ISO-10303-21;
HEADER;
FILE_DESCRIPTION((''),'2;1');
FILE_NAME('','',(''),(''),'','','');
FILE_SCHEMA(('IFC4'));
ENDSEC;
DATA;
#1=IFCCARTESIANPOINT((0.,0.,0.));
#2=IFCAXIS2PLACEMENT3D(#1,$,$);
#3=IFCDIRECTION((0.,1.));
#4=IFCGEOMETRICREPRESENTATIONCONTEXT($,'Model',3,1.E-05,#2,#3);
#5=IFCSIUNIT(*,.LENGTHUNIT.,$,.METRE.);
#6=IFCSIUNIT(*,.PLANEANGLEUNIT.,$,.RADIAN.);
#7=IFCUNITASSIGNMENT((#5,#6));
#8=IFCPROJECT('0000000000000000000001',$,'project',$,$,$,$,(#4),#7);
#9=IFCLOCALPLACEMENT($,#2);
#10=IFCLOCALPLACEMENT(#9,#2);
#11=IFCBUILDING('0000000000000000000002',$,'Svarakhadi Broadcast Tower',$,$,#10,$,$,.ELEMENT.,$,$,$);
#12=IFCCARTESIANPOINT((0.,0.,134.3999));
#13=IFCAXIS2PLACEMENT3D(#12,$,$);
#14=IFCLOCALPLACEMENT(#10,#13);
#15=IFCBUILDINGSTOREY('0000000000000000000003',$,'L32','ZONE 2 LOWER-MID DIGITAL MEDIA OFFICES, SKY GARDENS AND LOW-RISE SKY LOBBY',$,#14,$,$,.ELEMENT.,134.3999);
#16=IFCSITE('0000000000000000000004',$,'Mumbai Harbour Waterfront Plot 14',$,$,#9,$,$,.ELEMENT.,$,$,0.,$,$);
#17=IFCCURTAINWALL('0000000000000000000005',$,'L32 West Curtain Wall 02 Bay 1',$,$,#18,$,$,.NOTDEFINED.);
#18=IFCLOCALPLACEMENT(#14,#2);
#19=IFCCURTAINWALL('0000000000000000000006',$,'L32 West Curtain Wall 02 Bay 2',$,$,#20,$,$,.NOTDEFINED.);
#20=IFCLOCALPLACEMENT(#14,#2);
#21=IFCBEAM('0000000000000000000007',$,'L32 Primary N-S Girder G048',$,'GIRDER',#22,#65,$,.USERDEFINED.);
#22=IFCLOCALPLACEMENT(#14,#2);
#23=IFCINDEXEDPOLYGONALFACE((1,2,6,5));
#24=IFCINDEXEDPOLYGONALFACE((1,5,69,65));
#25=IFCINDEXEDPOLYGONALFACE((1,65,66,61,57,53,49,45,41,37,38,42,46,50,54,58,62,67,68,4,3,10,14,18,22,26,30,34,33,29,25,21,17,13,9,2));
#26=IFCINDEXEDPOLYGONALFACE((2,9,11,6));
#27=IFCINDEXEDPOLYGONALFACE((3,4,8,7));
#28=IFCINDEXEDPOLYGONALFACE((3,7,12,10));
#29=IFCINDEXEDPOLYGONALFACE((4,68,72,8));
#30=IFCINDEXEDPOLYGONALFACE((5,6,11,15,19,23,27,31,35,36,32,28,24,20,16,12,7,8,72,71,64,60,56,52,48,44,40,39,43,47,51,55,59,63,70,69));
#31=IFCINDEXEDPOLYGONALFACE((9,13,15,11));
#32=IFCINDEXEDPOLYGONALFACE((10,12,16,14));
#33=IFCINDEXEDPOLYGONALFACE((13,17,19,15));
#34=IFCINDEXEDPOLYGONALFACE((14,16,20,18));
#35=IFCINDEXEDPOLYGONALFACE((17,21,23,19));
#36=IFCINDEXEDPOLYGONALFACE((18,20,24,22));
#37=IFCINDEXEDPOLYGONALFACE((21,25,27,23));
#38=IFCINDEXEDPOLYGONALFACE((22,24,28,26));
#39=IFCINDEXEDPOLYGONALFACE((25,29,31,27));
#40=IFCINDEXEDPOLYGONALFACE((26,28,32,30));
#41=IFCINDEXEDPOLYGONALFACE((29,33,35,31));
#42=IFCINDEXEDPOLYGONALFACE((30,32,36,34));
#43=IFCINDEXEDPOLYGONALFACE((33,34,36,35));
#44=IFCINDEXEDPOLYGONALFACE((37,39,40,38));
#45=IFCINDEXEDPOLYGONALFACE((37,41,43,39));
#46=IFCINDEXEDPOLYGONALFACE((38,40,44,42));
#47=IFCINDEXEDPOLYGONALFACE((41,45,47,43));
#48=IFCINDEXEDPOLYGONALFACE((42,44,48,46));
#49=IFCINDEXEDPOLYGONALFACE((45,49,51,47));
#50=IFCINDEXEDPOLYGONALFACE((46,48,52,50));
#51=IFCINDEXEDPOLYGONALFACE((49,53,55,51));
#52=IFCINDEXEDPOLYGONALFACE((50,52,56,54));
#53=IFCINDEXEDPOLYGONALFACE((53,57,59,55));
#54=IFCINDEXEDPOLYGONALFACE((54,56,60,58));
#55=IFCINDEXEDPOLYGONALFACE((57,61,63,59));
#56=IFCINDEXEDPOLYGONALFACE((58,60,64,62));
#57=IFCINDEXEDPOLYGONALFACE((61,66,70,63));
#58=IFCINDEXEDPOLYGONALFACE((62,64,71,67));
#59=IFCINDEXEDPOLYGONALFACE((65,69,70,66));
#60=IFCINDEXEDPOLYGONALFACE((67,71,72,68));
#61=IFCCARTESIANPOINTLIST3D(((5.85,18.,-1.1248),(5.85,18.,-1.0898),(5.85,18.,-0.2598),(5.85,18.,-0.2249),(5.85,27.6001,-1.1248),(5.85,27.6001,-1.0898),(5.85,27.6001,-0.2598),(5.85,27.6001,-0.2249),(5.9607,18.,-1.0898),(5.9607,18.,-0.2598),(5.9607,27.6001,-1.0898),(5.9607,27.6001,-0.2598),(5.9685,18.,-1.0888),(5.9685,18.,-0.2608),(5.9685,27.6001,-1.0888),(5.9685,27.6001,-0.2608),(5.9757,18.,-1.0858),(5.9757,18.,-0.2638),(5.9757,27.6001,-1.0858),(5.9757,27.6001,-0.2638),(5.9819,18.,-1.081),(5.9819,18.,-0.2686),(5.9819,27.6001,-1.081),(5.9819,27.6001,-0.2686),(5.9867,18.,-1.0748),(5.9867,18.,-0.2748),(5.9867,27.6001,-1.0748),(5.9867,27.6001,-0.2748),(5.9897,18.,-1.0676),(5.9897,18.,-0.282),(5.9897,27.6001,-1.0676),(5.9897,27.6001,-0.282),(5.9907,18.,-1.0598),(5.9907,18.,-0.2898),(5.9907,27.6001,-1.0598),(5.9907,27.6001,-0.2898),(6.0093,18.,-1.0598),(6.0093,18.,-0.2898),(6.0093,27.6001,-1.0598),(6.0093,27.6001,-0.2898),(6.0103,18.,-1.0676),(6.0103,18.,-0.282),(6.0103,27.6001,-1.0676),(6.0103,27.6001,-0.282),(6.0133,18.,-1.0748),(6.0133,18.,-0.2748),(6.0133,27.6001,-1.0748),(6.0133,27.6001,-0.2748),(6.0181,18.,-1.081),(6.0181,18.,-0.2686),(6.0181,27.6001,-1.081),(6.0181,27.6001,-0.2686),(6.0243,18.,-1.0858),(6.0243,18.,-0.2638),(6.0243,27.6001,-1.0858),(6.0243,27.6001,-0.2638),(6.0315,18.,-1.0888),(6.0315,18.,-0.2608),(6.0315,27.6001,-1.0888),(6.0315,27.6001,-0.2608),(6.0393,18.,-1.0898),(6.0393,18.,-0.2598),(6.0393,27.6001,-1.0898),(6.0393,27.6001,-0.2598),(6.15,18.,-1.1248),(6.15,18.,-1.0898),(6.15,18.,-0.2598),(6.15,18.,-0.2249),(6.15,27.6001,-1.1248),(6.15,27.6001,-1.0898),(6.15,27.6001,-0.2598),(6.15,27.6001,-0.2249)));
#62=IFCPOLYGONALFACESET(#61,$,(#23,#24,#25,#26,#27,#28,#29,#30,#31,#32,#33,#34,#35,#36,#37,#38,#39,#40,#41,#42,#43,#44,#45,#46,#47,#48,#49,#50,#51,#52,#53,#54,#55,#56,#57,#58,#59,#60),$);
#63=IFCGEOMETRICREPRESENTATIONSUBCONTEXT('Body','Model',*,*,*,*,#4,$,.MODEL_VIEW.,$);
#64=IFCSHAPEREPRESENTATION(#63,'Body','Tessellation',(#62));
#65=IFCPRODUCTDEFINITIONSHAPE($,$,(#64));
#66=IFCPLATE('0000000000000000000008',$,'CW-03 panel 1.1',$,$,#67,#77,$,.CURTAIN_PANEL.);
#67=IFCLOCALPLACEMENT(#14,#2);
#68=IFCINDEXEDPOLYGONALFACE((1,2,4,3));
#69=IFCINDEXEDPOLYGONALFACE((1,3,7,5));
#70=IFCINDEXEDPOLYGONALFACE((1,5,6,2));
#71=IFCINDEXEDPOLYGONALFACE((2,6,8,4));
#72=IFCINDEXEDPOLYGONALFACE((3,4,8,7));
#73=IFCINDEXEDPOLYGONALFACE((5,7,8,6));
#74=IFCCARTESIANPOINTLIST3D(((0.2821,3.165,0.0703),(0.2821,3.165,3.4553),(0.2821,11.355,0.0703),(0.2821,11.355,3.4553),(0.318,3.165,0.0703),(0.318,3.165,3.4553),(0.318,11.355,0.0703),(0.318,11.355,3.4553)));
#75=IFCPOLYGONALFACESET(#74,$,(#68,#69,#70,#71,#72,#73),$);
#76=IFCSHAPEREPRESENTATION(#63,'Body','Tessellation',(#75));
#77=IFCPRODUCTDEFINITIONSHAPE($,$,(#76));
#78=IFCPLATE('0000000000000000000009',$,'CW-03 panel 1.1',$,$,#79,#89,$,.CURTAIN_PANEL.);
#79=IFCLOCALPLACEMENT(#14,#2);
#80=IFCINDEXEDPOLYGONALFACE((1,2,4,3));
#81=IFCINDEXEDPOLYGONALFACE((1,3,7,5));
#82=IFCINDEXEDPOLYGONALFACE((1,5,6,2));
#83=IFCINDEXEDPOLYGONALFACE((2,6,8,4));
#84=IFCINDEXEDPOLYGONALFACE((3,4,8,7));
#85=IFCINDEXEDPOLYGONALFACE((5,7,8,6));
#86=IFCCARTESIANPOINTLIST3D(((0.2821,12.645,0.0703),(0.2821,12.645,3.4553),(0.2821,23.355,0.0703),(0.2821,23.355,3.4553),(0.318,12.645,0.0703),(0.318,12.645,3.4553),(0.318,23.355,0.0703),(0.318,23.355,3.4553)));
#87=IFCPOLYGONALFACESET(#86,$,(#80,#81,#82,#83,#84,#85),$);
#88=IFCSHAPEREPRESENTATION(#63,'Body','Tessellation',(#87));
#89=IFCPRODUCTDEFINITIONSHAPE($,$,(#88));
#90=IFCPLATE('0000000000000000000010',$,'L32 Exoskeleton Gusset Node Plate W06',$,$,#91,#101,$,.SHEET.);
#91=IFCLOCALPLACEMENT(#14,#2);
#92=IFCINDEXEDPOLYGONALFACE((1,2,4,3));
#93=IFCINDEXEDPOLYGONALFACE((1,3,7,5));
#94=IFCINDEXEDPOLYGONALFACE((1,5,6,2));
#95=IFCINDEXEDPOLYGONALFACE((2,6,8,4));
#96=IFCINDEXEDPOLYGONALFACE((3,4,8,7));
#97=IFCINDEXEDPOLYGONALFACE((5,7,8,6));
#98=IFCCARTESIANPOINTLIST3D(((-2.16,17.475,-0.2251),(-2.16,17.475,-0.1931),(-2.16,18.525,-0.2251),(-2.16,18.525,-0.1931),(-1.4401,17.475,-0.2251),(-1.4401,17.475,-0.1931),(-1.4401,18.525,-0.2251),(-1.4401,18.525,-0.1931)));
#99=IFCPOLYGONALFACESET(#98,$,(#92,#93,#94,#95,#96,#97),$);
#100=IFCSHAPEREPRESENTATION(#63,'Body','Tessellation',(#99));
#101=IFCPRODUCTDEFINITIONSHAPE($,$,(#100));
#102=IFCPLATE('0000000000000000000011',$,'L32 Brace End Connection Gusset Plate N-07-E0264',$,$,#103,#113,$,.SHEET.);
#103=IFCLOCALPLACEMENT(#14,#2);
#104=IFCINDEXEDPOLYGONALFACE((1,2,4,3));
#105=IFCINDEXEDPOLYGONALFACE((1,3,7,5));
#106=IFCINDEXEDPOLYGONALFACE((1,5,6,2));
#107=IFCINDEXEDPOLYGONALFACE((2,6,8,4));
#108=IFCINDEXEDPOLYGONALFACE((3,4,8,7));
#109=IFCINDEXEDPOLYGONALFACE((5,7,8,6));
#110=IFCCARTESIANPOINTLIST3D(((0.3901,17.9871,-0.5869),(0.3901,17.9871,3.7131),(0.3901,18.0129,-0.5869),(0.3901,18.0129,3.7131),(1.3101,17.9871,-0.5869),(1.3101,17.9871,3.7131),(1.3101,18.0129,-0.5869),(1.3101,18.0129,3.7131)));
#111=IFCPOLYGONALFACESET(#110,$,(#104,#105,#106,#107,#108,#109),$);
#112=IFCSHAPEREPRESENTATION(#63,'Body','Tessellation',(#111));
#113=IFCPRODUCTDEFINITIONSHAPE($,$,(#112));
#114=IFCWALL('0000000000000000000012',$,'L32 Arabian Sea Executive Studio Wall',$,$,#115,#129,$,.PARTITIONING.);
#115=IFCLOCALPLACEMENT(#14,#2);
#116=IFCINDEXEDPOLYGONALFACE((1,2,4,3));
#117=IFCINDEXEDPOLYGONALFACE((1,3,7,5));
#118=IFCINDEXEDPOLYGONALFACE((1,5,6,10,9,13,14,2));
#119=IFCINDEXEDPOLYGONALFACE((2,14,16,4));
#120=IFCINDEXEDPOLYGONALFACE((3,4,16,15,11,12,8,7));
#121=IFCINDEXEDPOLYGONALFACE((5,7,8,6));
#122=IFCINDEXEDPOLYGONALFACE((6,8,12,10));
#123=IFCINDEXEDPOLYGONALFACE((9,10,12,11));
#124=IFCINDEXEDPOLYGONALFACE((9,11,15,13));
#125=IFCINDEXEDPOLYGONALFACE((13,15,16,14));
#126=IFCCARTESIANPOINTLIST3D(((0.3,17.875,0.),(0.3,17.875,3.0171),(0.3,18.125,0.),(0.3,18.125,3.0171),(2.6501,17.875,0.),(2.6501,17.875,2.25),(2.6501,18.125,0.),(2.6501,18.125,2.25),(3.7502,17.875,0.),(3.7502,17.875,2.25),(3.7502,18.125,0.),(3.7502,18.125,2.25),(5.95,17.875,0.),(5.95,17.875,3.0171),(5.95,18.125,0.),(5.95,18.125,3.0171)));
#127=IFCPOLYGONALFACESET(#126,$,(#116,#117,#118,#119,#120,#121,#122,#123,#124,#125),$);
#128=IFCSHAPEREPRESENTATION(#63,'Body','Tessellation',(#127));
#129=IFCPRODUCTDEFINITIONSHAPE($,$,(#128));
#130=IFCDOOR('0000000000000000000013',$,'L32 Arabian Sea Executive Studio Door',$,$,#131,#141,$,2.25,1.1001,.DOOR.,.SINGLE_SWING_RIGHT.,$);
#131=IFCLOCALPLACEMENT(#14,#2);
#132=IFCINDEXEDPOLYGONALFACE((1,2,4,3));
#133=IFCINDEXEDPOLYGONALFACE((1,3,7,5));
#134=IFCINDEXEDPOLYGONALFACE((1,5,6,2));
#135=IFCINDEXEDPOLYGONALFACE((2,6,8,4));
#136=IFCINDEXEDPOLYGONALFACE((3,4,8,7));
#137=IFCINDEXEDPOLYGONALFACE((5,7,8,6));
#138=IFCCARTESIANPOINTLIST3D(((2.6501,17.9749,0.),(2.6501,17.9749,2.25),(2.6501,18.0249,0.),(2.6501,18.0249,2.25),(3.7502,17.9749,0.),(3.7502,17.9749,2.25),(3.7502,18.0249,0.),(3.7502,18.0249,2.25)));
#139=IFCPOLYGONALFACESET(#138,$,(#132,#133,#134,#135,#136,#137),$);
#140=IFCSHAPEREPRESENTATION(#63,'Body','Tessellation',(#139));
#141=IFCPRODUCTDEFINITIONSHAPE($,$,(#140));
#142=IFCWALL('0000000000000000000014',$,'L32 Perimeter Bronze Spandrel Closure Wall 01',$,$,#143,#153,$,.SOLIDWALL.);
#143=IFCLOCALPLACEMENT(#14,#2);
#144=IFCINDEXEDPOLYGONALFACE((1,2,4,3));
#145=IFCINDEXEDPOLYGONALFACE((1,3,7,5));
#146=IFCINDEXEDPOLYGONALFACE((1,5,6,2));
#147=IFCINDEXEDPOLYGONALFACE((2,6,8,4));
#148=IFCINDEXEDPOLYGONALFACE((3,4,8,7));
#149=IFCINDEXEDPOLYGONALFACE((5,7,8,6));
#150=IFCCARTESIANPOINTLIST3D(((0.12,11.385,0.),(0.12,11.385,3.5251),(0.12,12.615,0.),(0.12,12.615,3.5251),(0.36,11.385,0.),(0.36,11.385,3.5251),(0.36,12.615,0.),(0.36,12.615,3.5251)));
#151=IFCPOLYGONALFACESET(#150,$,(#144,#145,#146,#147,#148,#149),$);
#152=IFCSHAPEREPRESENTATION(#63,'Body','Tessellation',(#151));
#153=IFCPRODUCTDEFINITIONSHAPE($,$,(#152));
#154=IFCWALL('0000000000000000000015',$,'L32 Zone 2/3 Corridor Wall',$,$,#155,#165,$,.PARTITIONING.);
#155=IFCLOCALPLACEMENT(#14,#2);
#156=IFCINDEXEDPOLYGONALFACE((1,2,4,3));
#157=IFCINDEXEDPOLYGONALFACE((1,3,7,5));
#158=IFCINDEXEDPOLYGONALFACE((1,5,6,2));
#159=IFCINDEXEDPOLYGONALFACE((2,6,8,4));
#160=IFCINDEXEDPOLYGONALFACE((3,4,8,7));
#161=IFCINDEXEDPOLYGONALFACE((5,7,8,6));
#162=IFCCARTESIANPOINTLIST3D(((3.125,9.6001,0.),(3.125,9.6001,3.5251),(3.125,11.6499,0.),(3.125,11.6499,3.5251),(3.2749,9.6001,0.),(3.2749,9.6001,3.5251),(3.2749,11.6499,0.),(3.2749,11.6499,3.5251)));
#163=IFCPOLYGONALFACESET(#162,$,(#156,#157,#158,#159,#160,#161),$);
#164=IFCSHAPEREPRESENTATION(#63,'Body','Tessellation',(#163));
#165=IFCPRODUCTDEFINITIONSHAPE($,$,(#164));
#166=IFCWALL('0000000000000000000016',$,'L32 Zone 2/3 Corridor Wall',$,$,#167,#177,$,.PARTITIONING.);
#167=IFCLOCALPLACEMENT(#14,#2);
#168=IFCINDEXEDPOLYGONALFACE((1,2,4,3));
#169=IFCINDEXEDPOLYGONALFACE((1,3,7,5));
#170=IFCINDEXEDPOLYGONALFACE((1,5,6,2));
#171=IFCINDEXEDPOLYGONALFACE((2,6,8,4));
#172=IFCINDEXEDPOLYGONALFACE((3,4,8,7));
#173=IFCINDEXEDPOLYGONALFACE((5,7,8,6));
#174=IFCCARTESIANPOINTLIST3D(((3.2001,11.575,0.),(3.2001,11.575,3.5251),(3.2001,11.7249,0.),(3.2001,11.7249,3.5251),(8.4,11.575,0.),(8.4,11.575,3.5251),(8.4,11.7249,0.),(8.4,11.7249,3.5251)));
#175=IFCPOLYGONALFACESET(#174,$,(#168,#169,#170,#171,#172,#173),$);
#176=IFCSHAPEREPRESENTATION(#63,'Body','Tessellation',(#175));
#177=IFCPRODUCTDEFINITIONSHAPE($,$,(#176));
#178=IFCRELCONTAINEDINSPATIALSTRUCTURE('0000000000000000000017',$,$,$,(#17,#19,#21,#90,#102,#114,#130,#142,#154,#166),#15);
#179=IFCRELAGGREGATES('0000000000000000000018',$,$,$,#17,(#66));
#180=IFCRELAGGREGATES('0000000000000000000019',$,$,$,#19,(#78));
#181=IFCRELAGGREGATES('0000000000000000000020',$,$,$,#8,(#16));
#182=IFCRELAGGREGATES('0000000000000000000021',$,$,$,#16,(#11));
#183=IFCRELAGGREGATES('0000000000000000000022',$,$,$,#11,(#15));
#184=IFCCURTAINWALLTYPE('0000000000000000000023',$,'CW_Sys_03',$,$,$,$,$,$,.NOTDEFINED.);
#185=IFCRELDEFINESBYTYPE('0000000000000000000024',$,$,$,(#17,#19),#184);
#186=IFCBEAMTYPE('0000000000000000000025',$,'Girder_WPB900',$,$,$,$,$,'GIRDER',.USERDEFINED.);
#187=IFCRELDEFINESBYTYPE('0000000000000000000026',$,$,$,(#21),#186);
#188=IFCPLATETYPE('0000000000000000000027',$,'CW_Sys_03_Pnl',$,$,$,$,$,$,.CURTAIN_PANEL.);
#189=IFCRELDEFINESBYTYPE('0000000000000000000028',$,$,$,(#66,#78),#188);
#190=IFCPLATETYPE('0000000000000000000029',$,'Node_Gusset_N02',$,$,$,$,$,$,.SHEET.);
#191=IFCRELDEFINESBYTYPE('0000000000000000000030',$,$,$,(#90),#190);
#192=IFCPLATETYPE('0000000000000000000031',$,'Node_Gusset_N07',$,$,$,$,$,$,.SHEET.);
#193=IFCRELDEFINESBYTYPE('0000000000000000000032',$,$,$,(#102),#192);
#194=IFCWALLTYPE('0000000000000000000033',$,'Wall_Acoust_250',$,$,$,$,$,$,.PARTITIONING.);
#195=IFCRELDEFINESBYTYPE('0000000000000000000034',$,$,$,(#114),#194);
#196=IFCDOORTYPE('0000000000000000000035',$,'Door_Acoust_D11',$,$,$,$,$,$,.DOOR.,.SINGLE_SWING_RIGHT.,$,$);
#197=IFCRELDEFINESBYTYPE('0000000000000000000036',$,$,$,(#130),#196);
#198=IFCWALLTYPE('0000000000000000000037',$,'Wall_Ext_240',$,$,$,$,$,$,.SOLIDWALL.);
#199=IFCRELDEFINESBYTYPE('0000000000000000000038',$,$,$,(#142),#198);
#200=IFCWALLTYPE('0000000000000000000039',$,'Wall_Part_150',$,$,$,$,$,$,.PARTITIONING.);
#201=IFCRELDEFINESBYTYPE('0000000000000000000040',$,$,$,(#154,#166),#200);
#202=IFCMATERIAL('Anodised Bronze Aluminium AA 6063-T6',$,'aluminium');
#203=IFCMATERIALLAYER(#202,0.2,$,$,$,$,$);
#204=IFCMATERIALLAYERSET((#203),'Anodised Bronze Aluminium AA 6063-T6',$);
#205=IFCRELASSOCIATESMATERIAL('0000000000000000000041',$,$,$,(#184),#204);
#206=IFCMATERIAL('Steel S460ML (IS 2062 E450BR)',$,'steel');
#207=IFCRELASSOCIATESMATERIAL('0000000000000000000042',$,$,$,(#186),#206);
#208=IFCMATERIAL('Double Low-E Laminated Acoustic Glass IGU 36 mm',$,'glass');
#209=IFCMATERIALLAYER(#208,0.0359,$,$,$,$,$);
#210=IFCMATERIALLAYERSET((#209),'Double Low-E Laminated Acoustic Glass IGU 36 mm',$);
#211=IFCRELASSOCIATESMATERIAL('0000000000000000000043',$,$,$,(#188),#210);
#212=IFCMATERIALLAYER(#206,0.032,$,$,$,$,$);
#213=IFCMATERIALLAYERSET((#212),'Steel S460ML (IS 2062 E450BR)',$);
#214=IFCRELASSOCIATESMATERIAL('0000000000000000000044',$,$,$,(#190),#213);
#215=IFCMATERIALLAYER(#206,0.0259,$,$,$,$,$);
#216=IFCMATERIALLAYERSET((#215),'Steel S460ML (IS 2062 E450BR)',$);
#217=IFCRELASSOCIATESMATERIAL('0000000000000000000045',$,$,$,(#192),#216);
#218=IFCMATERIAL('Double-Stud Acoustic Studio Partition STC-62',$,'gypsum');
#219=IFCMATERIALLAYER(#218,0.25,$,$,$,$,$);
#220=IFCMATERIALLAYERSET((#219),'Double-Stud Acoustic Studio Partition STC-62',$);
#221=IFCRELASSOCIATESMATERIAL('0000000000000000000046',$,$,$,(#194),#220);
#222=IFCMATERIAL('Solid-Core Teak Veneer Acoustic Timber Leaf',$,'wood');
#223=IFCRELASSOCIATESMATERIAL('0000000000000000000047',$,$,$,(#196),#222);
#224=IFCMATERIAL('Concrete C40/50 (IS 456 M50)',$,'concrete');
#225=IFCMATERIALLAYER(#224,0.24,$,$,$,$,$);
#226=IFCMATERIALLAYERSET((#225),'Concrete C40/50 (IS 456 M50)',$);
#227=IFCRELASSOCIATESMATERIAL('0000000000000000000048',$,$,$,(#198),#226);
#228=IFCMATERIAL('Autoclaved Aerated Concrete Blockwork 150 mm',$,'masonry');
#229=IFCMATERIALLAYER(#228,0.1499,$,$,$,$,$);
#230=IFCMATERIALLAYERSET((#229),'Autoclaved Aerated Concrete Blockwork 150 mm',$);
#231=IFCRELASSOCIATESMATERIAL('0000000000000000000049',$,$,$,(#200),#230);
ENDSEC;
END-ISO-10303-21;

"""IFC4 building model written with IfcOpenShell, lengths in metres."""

from ifc_helpers import new_model, si_unit, direction, frame, frame_2d, origin, origin_2d, place, context, subcontext, project, spatial, rectangle, i_section, extrude, material, layer, layer_set, material_profile, profile_set, type_object, element, fill, aggregate, save


model = new_model("IFC4")

# Units and contexts
model_context = context("Model", 3, precision=1e-05, world=origin(), true_north=direction((0.0, 1.0)))
body_context = subcontext(model_context, "Body", "Model", "MODEL_VIEW")
ifc_project = project(units=[si_unit("LENGTHUNIT", "METRE"), si_unit("PLANEANGLEUNIT", "RADIAN")], contexts=[model_context])

# Site, building, storey
site_placement = place(None, origin())
site = spatial("IfcSite", under=ifc_project, at=site_placement, Name="Mumbai Harbour Waterfront Plot 14", CompositionType="ELEMENT", RefElevation=0.0)
building_placement = place(site_placement, origin())
building = spatial("IfcBuilding", under=site, at=building_placement, Name="Svarakhadi Broadcast Tower", CompositionType="ELEMENT")
storey_placement = place(building_placement, frame((0.0, 0.0, 134.3999)))
storey = spatial("IfcBuildingStorey", under=building, at=storey_placement, Name="L32", Description="ZONE 2 LOWER-MID DIGITAL MEDIA OFFICES, SKY GARDENS AND LOW-RISE SKY LOBBY", CompositionType="ELEMENT", Elevation=134.3999)

# Shared definitions
ifc_material_1 = material(Name="Steel S460ML (IS 2062 E450BR)", Category="steel")

# Curtain wall
ifc_material_2 = material(Name="Anodised Bronze Aluminium AA 6063-T6", Category="aluminium")
ifc_layer_1 = layer(ifc_material_2, 0.2)
ifc_layer_set_1 = layer_set([ifc_layer_1], Name="Anodised Bronze Aluminium AA 6063-T6")
curtain_wall_type = type_object("IfcCurtainWallType", Name="CW_Sys_03", PredefinedType="NOTDEFINED", material=ifc_layer_set_1)
curtain_wall_1_placement = place(storey_placement, origin())
curtain_wall_1 = element("IfcCurtainWall", 1, at=curtain_wall_1_placement, inside=storey, type_object=curtain_wall_type, Name="L32 West Curtain Wall 02 Bay 1", PredefinedType="NOTDEFINED")

# Curtain wall
curtain_wall_2_placement = place(storey_placement, origin())
curtain_wall_2 = element("IfcCurtainWall", 2, at=curtain_wall_2_placement, inside=storey, type_object=curtain_wall_type, Name="L32 West Curtain Wall 02 Bay 2", PredefinedType="NOTDEFINED")

# Beam
ifc_material_profile_1 = material_profile(ifc_material_1, i_section(OverallWidth=0.3, OverallDepth=0.8999, WebThickness=0.0186, FlangeThickness=0.0349, FilletRadius=0.03, at=origin_2d()), Name="WPB 900x300x291")
ifc_profile_set_1 = profile_set([ifc_material_profile_1], Name="Steel S460ML (IS 2062 E450BR)")
beam_type_1 = type_object("IfcBeamType", Name="Girder_WPB900", ElementType="GIRDER", PredefinedType="USERDEFINED", material=ifc_profile_set_1)
beam_1_placement = place(storey_placement, frame((6.0, 18.0, -0.6748), z_axis=(0.0, 1.0, 0.0), x_axis=(-1.0, 0.0, 0.0)))
element("IfcBeam", 3, at=beam_1_placement, inside=storey, type_object=beam_type_1, Name="L32 Primary N-S Girder G048", ObjectType="GIRDER", PredefinedType="USERDEFINED", context=body_context, shape_type="SweptSolid", body=[
    extrude(i_section(OverallWidth=0.3, OverallDepth=0.8999, WebThickness=0.0186, FlangeThickness=0.0349, FilletRadius=0.03, at=origin_2d()), origin(), (0.0, 0.0, 1.0), 9.6001),
])

# Plates
ifc_material_3 = material(Name="Double Low-E Laminated Acoustic Glass IGU 36 mm", Category="glass")
ifc_layer_2 = layer(ifc_material_3, 0.0359)
ifc_layer_set_2 = layer_set([ifc_layer_2], Name="Double Low-E Laminated Acoustic Glass IGU 36 mm")
plate_type_1 = type_object("IfcPlateType", Name="CW_Sys_03_Pnl", PredefinedType="CURTAIN_PANEL", material=ifc_layer_set_2)
plate_1_placement = place(storey_placement, frame((0.3, 7.26, 0.0703), z_axis=(0.0, 0.0, 1.0), x_axis=(0.0, 1.0, 0.0)))
plate_1 = element("IfcPlate", 4, at=plate_1_placement, type_object=plate_type_1, Name="CW-03 panel 1.1", PredefinedType="CURTAIN_PANEL", context=body_context, shape_type="SweptSolid", body=[
    extrude(rectangle(XDim=8.1899, YDim=0.0359, at=origin_2d()), origin(), (0.0, 0.0, 1.0), 3.385),
])
aggregate(curtain_wall_1, [plate_1])
plate_2_placement = place(storey_placement, frame((0.3, 18.0, 0.0703), z_axis=(0.0, 0.0, 1.0), x_axis=(0.0, 1.0, 0.0)))
plate_2 = element("IfcPlate", 5, at=plate_2_placement, type_object=plate_type_1, Name="CW-03 panel 1.1", PredefinedType="CURTAIN_PANEL", context=body_context, shape_type="SweptSolid", body=[
    extrude(rectangle(XDim=10.71, YDim=0.0359, at=origin_2d()), origin(), (0.0, 0.0, 1.0), 3.385),
])
aggregate(curtain_wall_2, [plate_2])

# Plates
ifc_layer_3 = layer(ifc_material_1, 0.032)
ifc_layer_set_3 = layer_set([ifc_layer_3], Name="Steel S460ML (IS 2062 E450BR)")
plate_type_2 = type_object("IfcPlateType", Name="Node_Gusset_N02", PredefinedType="SHEET", material=ifc_layer_set_3)
plate_3_placement = place(storey_placement, frame((-1.8, 18.0, -0.2251), z_axis=(0.0, 0.0, 1.0), x_axis=(0.0, 1.0, 0.0)))
element("IfcPlate", 6, at=plate_3_placement, inside=storey, type_object=plate_type_2, Name="L32 Exoskeleton Gusset Node Plate W06", PredefinedType="SHEET", context=body_context, shape_type="SweptSolid", body=[
    extrude(rectangle(XDim=1.05, YDim=0.72, at=origin_2d()), origin(), (0.0, 0.0, 1.0), 0.032),
])
ifc_layer_4 = layer(ifc_material_1, 0.0259)
ifc_layer_set_4 = layer_set([ifc_layer_4], Name="Steel S460ML (IS 2062 E450BR)")
plate_type_3 = type_object("IfcPlateType", Name="Node_Gusset_N07", PredefinedType="SHEET", material=ifc_layer_set_4)
plate_4_placement = place(storey_placement, frame((0.8501, 18.0, -0.5869), z_axis=(0.0, 0.0, 1.0), x_axis=(1.0, 0.0, 0.0)))
element("IfcPlate", 7, at=plate_4_placement, inside=storey, type_object=plate_type_3, Name="L32 Brace End Connection Gusset Plate N-07-E0264", PredefinedType="SHEET", context=body_context, shape_type="SweptSolid", body=[
    extrude(rectangle(XDim=0.9199, YDim=0.0259, at=origin_2d()), origin(), (0.0, 0.0, 1.0), 4.3),
])

# Wall, opening, door
ifc_material_4 = material(Name="Double-Stud Acoustic Studio Partition STC-62", Category="gypsum")
ifc_layer_5 = layer(ifc_material_4, 0.25)
ifc_layer_set_5 = layer_set([ifc_layer_5], Name="Double-Stud Acoustic Studio Partition STC-62")
wall_type_1 = type_object("IfcWallType", Name="Wall_Acoust_250", PredefinedType="PARTITIONING", material=ifc_layer_set_5)
wall_1_placement = place(storey_placement, frame((0.3, 18.0, 0.0), z_axis=(0.0, 0.0, 1.0), x_axis=(1.0, 0.0, 0.0)))
wall_1 = element("IfcWall", 8, at=wall_1_placement, inside=storey, type_object=wall_type_1, Name="L32 Arabian Sea Executive Studio Wall", PredefinedType="PARTITIONING", context=body_context, shape_type="SweptSolid", body=[
    extrude(rectangle(XDim=5.6499, YDim=0.25, at=frame_2d((2.825, 0.0))), origin(), (0.0, 0.0, 1.0), 3.0171),
])
opening_1_placement = place(wall_1_placement, frame((2.3501, 0.0, 0.0)))
opening_1 = element("IfcOpeningElement", 9, at=opening_1_placement, cuts=wall_1, PredefinedType="OPENING", context=body_context, shape_type="SweptSolid", body=[
    extrude(rectangle(XDim=1.1001, YDim=2.25, at=frame_2d((0.55, 1.125))), frame((0.0, 0.135, 0.0), z_axis=(0.0, -1.0, 0.0), x_axis=(1.0, 0.0, 0.0)), (0.0, 0.0, 1.0), 0.27),
])
ifc_material_5 = material(Name="Solid-Core Teak Veneer Acoustic Timber Leaf", Category="wood")
door_type_1 = type_object("IfcDoorType", Name="Door_Acoust_D11", OperationType="SINGLE_SWING_RIGHT", PredefinedType="DOOR", material=ifc_material_5)
door_1_placement = place(opening_1_placement, origin())
door_1 = element("IfcDoor", 10, at=door_1_placement, inside=storey, type_object=door_type_1, Name="L32 Arabian Sea Executive Studio Door", OperationType="SINGLE_SWING_RIGHT", OverallHeight=2.25, OverallWidth=1.1001, PredefinedType="DOOR", context=body_context, shape_type="SweptSolid", body=[
    extrude(rectangle(XDim=1.1001, YDim=2.25, at=frame_2d((0.55, 1.125))), frame((0.0, 0.0249, 0.0), z_axis=(0.0, -1.0, 0.0), x_axis=(1.0, 0.0, 0.0)), (0.0, 0.0, 1.0), 0.05),
])
fill(opening_1, door_1)

# Walls
ifc_material_6 = material(Name="Concrete C40/50 (IS 456 M50)", Category="concrete")
ifc_layer_6 = layer(ifc_material_6, 0.24)
ifc_layer_set_6 = layer_set([ifc_layer_6], Name="Concrete C40/50 (IS 456 M50)")
wall_type_2 = type_object("IfcWallType", Name="Wall_Ext_240", PredefinedType="SOLIDWALL", material=ifc_layer_set_6)
wall_2_placement = place(storey_placement, frame((0.24, 11.385, 0.0), z_axis=(0.0, 0.0, 1.0), x_axis=(0.0, 1.0, 0.0)))
element("IfcWall", 11, at=wall_2_placement, inside=storey, type_object=wall_type_2, Name="L32 Perimeter Bronze Spandrel Closure Wall 01", PredefinedType="SOLIDWALL", context=body_context, shape_type="SweptSolid", body=[
    extrude(rectangle(XDim=1.23, YDim=0.24, at=frame_2d((0.615, 0.0))), origin(), (0.0, 0.0, 1.0), 3.5251),
])
ifc_material_7 = material(Name="Autoclaved Aerated Concrete Blockwork 150 mm", Category="masonry")
ifc_layer_7 = layer(ifc_material_7, 0.1499)
ifc_layer_set_7 = layer_set([ifc_layer_7], Name="Autoclaved Aerated Concrete Blockwork 150 mm")
wall_type_3 = type_object("IfcWallType", Name="Wall_Part_150", PredefinedType="PARTITIONING", material=ifc_layer_set_7)
wall_3_placement = place(storey_placement, frame((3.2, 9.6001, 0.0), z_axis=(0.0, 0.0, 1.0), x_axis=(0.0, 1.0, 0.0)))
element("IfcWall", 12, at=wall_3_placement, inside=storey, type_object=wall_type_3, Name="L32 Zone 2/3 Corridor Wall", PredefinedType="PARTITIONING", context=body_context, shape_type="SweptSolid", body=[
    extrude(rectangle(XDim=2.0498, YDim=0.1499, at=frame_2d((1.0249, 0.0))), origin(), (0.0, 0.0, 1.0), 3.5251),
])
wall_4_placement = place(storey_placement, frame((3.2, 11.6499, 0.0), z_axis=(0.0, 0.0, 1.0), x_axis=(1.0, 0.0, 0.0)))
element("IfcWall", 13, at=wall_4_placement, inside=storey, type_object=wall_type_3, Name="L32 Zone 2/3 Corridor Wall", PredefinedType="PARTITIONING", context=body_context, shape_type="SweptSolid", body=[
    extrude(rectangle(XDim=5.2, YDim=0.1499, at=frame_2d((2.6001, 0.0))), origin(), (0.0, 0.0, 1.0), 3.5251),
])

save(model, "model.ifc")
